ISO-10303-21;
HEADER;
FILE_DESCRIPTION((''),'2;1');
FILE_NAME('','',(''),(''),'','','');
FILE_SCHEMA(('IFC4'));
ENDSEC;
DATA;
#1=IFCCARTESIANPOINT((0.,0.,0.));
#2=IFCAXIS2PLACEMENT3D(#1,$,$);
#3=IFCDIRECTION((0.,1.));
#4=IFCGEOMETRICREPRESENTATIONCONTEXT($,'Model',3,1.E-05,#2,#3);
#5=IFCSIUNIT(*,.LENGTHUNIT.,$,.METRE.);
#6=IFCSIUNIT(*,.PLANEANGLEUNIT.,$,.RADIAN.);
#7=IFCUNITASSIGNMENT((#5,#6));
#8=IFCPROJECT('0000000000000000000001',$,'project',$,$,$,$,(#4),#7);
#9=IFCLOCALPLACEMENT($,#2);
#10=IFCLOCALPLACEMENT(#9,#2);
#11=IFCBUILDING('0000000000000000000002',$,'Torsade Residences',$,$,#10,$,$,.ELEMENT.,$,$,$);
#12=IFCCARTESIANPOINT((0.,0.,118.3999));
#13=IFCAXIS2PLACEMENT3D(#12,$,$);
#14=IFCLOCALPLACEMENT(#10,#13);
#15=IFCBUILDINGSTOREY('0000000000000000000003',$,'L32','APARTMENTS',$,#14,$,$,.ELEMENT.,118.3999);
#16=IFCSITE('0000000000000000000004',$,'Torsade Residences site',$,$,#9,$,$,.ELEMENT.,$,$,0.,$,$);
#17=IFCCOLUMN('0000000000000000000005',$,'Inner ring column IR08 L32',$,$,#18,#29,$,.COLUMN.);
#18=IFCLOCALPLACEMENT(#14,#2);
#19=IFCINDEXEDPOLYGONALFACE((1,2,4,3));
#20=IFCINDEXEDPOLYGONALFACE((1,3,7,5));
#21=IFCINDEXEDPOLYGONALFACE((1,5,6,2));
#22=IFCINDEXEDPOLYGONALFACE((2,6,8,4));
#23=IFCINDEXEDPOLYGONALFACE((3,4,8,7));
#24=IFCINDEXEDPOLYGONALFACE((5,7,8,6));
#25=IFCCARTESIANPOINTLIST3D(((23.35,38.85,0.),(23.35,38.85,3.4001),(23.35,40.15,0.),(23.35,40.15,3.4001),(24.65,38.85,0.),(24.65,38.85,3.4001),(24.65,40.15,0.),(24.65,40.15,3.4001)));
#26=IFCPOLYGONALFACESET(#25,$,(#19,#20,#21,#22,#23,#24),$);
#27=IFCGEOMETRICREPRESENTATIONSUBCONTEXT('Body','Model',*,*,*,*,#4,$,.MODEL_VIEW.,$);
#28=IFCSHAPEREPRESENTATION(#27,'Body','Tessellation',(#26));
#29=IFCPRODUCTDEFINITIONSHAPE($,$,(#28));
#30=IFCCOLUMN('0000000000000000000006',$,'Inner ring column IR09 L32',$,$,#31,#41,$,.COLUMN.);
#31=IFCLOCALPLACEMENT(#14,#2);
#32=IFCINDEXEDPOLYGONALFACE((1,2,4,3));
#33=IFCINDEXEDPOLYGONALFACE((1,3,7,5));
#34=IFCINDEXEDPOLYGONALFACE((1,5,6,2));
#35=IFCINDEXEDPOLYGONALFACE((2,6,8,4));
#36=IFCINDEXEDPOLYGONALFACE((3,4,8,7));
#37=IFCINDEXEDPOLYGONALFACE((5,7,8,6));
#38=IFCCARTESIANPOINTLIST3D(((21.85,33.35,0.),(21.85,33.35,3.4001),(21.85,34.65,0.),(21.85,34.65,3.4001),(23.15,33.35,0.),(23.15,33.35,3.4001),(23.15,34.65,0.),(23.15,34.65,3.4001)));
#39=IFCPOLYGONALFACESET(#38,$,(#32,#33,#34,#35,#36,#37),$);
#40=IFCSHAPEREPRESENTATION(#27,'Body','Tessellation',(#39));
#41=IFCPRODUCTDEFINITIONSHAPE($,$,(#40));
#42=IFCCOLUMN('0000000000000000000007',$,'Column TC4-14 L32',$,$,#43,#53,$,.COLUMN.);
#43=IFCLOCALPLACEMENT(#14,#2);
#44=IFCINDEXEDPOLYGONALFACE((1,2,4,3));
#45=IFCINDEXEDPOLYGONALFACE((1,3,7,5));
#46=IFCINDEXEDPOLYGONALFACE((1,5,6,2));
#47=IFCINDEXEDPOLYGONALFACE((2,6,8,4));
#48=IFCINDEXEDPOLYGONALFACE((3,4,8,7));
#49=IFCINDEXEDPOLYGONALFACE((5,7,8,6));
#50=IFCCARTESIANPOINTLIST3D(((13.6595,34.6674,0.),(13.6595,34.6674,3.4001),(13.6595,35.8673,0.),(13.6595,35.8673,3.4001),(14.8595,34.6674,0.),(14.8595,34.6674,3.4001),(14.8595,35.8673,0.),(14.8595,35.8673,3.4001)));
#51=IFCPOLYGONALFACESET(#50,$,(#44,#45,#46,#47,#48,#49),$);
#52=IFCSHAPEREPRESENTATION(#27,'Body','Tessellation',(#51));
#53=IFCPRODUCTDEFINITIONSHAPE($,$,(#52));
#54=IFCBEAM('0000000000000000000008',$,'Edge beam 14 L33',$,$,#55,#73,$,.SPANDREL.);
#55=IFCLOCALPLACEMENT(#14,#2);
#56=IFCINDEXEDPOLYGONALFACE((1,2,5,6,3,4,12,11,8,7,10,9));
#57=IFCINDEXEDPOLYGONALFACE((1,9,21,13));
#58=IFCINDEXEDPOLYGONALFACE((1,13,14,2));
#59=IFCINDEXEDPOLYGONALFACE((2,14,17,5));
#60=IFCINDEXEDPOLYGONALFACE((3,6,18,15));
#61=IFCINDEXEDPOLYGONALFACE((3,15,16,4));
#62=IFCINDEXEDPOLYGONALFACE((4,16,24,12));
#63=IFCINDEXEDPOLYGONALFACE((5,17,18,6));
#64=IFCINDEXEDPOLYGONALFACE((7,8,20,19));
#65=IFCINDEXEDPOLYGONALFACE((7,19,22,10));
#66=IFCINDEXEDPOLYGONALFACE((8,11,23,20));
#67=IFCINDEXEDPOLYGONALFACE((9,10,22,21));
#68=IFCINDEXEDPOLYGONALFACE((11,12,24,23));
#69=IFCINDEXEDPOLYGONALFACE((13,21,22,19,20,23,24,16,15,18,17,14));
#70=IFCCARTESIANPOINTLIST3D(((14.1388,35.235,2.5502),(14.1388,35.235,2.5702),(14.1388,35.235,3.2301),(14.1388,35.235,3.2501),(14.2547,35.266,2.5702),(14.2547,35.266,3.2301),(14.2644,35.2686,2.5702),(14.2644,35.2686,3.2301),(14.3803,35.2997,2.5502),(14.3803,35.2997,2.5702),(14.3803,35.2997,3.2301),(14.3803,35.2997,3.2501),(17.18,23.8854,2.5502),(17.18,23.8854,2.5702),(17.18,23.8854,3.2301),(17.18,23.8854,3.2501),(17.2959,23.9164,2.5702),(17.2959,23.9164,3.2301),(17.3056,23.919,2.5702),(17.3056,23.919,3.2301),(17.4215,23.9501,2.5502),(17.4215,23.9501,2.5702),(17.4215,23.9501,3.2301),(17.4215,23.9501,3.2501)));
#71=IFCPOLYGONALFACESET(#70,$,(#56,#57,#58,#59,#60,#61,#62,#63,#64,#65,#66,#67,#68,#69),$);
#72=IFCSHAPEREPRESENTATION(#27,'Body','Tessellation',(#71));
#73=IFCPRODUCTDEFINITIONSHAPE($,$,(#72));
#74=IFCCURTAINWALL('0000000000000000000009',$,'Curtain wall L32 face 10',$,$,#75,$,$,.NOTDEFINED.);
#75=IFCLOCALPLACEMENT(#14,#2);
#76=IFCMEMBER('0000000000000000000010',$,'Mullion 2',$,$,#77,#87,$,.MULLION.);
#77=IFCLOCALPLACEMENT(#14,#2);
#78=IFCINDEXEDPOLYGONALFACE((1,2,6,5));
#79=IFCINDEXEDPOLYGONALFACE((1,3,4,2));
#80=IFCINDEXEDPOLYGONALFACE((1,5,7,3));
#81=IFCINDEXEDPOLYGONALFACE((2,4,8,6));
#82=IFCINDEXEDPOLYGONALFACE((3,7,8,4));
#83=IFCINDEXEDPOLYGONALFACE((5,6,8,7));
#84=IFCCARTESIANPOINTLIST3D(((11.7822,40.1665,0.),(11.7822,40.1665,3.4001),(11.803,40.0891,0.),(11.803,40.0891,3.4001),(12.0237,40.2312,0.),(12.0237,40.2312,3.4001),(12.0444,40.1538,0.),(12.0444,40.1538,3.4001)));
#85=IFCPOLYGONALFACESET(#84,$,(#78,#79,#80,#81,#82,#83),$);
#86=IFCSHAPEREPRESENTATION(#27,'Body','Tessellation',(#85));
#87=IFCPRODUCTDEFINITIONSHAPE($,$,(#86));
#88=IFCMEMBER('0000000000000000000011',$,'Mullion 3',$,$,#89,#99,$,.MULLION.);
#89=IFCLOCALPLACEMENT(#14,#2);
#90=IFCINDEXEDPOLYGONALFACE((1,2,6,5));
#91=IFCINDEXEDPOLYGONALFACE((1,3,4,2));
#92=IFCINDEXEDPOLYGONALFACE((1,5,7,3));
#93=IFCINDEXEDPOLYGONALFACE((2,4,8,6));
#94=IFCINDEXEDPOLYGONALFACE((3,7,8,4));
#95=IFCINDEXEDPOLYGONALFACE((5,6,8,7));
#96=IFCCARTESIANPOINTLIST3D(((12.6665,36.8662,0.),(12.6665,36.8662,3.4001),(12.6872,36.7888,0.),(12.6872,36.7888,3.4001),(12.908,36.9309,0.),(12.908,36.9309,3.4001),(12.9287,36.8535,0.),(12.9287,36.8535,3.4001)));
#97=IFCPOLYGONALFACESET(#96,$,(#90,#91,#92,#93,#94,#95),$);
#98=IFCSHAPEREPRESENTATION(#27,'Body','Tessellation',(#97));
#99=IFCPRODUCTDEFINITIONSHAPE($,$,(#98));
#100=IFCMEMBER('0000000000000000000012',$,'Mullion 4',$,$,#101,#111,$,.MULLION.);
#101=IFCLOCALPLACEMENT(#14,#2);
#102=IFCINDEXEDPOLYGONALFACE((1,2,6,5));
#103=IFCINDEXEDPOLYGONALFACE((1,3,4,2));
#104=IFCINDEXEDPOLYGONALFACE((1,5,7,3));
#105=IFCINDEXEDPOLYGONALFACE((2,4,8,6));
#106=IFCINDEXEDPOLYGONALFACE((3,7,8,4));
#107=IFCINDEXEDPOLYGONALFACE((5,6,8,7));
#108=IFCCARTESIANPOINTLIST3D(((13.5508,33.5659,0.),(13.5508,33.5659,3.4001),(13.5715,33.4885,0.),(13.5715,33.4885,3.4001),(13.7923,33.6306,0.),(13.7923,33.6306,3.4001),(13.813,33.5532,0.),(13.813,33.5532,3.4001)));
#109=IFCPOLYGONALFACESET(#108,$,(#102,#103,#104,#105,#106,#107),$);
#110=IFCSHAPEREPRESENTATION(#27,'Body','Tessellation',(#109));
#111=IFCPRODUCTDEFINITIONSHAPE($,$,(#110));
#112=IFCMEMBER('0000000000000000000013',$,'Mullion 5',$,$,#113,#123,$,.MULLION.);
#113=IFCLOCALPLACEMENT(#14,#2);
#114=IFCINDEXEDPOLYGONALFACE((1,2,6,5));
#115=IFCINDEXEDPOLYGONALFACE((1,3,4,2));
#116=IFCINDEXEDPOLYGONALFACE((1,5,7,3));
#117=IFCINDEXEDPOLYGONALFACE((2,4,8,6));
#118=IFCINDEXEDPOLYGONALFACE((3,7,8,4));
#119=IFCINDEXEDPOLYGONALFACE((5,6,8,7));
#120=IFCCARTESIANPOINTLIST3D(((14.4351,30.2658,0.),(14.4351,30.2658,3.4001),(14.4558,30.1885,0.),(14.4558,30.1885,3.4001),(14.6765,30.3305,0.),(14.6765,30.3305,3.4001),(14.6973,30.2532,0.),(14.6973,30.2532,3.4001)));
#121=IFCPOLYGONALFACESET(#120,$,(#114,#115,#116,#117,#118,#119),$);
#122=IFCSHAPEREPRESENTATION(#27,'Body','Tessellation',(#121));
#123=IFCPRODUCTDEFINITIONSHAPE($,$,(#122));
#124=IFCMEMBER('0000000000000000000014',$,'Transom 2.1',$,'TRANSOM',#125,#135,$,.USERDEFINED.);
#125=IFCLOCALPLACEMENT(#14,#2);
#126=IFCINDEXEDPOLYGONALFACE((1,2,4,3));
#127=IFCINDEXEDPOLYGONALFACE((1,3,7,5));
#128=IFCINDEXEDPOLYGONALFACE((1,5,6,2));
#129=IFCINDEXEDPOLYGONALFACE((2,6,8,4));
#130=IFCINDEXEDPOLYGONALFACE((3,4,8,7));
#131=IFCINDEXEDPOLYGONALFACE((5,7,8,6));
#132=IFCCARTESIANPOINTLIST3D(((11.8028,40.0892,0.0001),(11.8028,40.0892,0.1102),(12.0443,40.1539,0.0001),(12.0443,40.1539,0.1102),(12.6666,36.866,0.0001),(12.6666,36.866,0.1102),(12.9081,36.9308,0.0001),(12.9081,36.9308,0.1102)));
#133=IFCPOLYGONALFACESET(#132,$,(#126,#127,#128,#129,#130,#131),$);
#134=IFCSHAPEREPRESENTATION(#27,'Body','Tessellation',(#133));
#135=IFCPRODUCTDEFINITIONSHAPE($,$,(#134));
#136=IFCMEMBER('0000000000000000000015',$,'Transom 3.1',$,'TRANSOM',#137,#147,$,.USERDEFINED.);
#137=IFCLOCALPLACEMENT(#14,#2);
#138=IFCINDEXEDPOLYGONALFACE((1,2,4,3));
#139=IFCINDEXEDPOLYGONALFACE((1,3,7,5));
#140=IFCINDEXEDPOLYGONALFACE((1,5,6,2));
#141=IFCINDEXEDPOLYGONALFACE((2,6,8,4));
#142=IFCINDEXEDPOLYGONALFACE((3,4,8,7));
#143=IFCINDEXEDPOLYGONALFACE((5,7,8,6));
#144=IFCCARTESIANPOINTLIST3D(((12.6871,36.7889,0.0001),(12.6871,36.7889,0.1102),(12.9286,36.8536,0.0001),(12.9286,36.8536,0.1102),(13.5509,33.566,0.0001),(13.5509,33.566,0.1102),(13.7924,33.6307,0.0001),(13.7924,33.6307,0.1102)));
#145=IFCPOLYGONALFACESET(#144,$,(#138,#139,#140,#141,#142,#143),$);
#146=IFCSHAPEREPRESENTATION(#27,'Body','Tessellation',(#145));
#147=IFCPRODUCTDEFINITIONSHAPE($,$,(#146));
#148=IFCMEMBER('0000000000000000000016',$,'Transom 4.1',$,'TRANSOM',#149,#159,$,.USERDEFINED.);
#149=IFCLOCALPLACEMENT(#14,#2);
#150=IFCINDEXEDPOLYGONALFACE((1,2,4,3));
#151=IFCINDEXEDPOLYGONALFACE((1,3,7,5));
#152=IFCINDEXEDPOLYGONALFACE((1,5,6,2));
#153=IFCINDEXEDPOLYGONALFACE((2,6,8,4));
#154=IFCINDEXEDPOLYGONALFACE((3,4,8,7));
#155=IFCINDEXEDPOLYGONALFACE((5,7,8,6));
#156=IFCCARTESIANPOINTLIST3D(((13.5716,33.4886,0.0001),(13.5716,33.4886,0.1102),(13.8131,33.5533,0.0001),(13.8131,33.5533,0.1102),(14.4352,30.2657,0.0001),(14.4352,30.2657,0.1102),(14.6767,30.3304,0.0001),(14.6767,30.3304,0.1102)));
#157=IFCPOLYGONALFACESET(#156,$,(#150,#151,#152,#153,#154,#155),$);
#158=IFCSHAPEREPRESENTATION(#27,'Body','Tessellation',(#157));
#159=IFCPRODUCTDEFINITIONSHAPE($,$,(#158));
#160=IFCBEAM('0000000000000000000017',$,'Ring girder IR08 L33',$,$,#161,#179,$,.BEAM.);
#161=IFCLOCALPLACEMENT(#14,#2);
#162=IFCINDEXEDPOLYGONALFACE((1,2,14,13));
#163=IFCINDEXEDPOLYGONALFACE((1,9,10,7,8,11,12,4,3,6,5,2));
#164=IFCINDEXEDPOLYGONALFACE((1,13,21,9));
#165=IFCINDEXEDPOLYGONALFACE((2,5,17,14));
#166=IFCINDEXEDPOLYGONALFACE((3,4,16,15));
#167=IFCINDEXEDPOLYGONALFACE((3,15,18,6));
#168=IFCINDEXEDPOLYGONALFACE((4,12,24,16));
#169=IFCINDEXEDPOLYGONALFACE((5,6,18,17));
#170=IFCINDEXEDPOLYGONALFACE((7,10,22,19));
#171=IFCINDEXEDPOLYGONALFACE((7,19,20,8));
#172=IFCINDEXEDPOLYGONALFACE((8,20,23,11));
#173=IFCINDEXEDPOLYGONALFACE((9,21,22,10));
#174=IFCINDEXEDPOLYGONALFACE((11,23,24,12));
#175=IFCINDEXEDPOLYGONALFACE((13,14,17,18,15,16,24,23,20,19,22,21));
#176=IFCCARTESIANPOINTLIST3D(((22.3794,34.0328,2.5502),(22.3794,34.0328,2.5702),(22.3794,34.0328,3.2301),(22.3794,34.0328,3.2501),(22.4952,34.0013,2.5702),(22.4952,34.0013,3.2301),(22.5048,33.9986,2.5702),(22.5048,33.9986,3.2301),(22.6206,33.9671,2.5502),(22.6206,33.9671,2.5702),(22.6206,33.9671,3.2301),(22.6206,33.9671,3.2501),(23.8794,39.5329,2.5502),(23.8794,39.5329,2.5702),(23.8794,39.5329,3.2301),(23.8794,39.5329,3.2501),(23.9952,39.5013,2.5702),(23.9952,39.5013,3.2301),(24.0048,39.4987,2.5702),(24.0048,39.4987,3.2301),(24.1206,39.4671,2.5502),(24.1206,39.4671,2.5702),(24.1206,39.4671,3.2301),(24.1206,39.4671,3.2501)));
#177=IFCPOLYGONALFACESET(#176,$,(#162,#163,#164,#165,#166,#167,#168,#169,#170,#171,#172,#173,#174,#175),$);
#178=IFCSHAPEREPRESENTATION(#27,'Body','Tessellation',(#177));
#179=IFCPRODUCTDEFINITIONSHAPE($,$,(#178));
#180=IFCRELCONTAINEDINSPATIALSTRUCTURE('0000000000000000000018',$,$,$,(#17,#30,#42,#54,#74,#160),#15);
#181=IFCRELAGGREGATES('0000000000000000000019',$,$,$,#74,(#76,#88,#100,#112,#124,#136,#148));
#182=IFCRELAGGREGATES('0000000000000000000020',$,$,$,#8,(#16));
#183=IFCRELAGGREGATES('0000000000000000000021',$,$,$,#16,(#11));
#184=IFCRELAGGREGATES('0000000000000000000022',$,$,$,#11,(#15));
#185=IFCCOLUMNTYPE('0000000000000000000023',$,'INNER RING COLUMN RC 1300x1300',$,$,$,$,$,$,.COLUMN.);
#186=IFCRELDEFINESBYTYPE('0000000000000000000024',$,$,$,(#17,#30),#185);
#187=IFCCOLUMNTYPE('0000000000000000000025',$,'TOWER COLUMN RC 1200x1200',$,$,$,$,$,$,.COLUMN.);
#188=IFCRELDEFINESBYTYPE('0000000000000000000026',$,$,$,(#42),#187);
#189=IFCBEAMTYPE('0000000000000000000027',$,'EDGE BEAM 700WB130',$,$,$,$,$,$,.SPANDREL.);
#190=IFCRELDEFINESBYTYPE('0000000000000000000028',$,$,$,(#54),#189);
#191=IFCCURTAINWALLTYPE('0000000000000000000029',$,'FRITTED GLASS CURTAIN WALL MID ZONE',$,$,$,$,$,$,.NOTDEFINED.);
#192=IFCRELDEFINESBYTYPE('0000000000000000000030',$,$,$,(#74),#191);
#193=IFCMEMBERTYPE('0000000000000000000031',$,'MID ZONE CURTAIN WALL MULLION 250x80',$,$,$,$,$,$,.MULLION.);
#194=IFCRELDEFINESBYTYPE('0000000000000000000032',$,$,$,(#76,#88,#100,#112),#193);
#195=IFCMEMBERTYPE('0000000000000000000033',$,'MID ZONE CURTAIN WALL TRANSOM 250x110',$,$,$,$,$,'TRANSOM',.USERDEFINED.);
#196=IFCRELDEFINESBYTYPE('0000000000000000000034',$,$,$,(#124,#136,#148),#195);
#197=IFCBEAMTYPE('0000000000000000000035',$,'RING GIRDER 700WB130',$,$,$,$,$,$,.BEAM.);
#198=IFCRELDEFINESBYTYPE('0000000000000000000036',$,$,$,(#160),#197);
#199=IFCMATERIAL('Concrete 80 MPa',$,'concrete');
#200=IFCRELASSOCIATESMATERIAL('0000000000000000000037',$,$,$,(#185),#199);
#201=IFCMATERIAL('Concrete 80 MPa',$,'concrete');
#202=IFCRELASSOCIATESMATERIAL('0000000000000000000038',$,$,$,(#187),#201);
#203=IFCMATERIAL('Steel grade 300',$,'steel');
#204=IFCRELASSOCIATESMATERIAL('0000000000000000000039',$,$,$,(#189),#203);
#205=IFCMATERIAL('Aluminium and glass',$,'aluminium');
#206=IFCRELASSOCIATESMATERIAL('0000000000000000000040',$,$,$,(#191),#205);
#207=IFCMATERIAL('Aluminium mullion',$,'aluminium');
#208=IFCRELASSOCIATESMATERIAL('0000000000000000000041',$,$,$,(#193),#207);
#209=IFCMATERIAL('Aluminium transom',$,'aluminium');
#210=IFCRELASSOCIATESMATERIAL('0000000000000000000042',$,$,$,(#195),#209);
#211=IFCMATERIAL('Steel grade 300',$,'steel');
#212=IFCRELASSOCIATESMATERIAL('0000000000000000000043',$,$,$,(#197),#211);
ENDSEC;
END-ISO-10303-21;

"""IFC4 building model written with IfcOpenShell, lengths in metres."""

from ifc_helpers import new_model, si_unit, direction, frame, origin, origin_2d, place, context, subcontext, project, spatial, rectangle, i_section, extrude, material, material_profile, profile_set, type_object, element, aggregate, save


model = new_model("IFC4")

# Units and contexts
model_context = context("Model", 3, precision=1e-05, world=origin(), true_north=direction((0.0, 1.0)))
body_context = subcontext(model_context, "Body", "Model", "MODEL_VIEW")
ifc_project = project(units=[si_unit("LENGTHUNIT", "METRE"), si_unit("PLANEANGLEUNIT", "RADIAN")], contexts=[model_context])

# Site, building, storey
site_placement = place(None, origin())
site = spatial("IfcSite", under=ifc_project, at=site_placement, Name="Torsade Residences site", CompositionType="ELEMENT", RefElevation=0.0)
building_placement = place(site_placement, origin())
building = spatial("IfcBuilding", under=site, at=building_placement, Name="Torsade Residences", CompositionType="ELEMENT")
storey_placement = place(building_placement, frame((0.0, 0.0, 118.3999)))
storey = spatial("IfcBuildingStorey", under=building, at=storey_placement, Name="L32", Description="APARTMENTS", CompositionType="ELEMENT", Elevation=118.3999)

# Columns
ifc_material_1 = material(Name="Concrete 80 MPa", Category="concrete")
ifc_material_profile_1 = material_profile(ifc_material_1, rectangle(XDim=1.3, YDim=1.3, at=origin_2d()), Name="RC 1300x1300")
ifc_profile_set_1 = profile_set([ifc_material_profile_1], Name="Concrete 80 MPa")
column_type_1 = type_object("IfcColumnType", Name="INNER RING COLUMN RC 1300x1300", PredefinedType="COLUMN", material=ifc_profile_set_1)
for number, where, z_axis, x_axis, name in (
    (1, (24.0, 39.5, 0.0), (0.0, 0.0, 1.0), (1.0, 0.0, 0.0), "Inner ring column IR08 L32"),
    (2, (22.5, 34.0, 0.0), (0.0, 0.0, 1.0), (1.0, 0.0, 0.0), "Inner ring column IR09 L32"),
):
    element("IfcColumn", number, at=place(storey_placement, frame(where, z_axis=z_axis, x_axis=x_axis)), inside=storey, type_object=column_type_1, Name=name, PredefinedType="COLUMN", context=body_context, shape_type="SweptSolid", body=[
        extrude(rectangle(XDim=1.3, YDim=1.3, at=origin_2d()), origin(), (0.0, 0.0, 1.0), 3.4001),
    ])
ifc_material_2 = material(Name="Concrete 80 MPa", Category="concrete")
ifc_material_profile_2 = material_profile(ifc_material_2, rectangle(XDim=1.2, YDim=1.2, at=origin_2d()), Name="RC 1200x1200")
ifc_profile_set_2 = profile_set([ifc_material_profile_2], Name="Concrete 80 MPa")
column_type_2 = type_object("IfcColumnType", Name="TOWER COLUMN RC 1200x1200", PredefinedType="COLUMN", material=ifc_profile_set_2)
column_placement = place(storey_placement, frame((14.2595, 35.2673, 0.0), z_axis=(0.0, 0.0, 1.0), x_axis=(1.0, 0.0, 0.0)))
element("IfcColumn", 3, at=column_placement, inside=storey, type_object=column_type_2, Name="Column TC4-14 L32", PredefinedType="COLUMN", context=body_context, shape_type="SweptSolid", body=[
    extrude(rectangle(XDim=1.2, YDim=1.2, at=origin_2d()), origin(), (0.0, 0.0, 1.0), 3.4001),
])

# Beam
ifc_material_3 = material(Name="Steel grade 300", Category="steel")
ifc_material_profile_3 = material_profile(ifc_material_3, i_section(OverallWidth=0.25, OverallDepth=0.7, WebThickness=0.01, FlangeThickness=0.02, at=origin_2d()), Name="700WB130")
ifc_profile_set_3 = profile_set([ifc_material_profile_3], Name="Steel grade 300")
beam_type_1 = type_object("IfcBeamType", Name="EDGE BEAM 700WB130", PredefinedType="SPANDREL", material=ifc_profile_set_3)
beam_1_placement = place(storey_placement, frame((14.2595, 35.2673, 2.9001), z_axis=(0.25883, -0.965923, 0.0), x_axis=(0.965923, 0.25883, 0.0)))
element("IfcBeam", 4, at=beam_1_placement, inside=storey, type_object=beam_type_1, Name="Edge beam 14 L33", PredefinedType="SPANDREL", context=body_context, shape_type="SweptSolid", body=[
    extrude(i_section(OverallWidth=0.25, OverallDepth=0.7, WebThickness=0.01, FlangeThickness=0.02, at=origin_2d()), origin(), (0.0, 0.0, 1.0), 11.75),
])

# Curtain wall, members
ifc_material_4 = material(Name="Aluminium and glass", Category="aluminium")
curtain_wall_type = type_object("IfcCurtainWallType", Name="FRITTED GLASS CURTAIN WALL MID ZONE", PredefinedType="NOTDEFINED", material=ifc_material_4)
curtain_wall_placement = place(storey_placement, origin())
curtain_wall = element("IfcCurtainWall", 5, at=curtain_wall_placement, inside=storey, type_object=curtain_wall_type, Name="Curtain wall L32 face 10", PredefinedType="NOTDEFINED")
ifc_material_5 = material(Name="Aluminium mullion", Category="aluminium")
ifc_material_profile_4 = material_profile(ifc_material_5, rectangle(XDim=0.25, YDim=0.0801, at=origin_2d()), Name="MID ZONE CURTAIN WALL MULLION 250x80")
ifc_profile_set_4 = profile_set([ifc_material_profile_4], Name="Aluminium mullion")
member_type_1 = type_object("IfcMemberType", Name="MID ZONE CURTAIN WALL MULLION 250x80", PredefinedType="MULLION", material=ifc_profile_set_4)
member_1_placement = place(storey_placement, frame((11.9133, 40.1602, 0.0), z_axis=(0.0, 0.0, 1.0), x_axis=(0.965926, 0.258819, 0.0)))
member_1 = element("IfcMember", 6, at=member_1_placement, type_object=member_type_1, Name="Mullion 2", PredefinedType="MULLION", context=body_context, shape_type="SweptSolid", body=[
    extrude(rectangle(XDim=0.25, YDim=0.0801, at=origin_2d()), origin(), (0.0, 0.0, 1.0), 3.4001),
])
member_2_placement = place(storey_placement, frame((12.7976, 36.8599, 0.0), z_axis=(0.0, 0.0, 1.0), x_axis=(0.965926, 0.258819, 0.0)))
member_2 = element("IfcMember", 7, at=member_2_placement, type_object=member_type_1, Name="Mullion 3", PredefinedType="MULLION", context=body_context, shape_type="SweptSolid", body=[
    extrude(rectangle(XDim=0.25, YDim=0.0801, at=origin_2d()), origin(), (0.0, 0.0, 1.0), 3.4001),
])
member_3_placement = place(storey_placement, frame((13.6819, 33.5596, 0.0), z_axis=(0.0, 0.0, 1.0), x_axis=(0.965926, 0.258819, 0.0)))
member_3 = element("IfcMember", 8, at=member_3_placement, type_object=member_type_1, Name="Mullion 4", PredefinedType="MULLION", context=body_context, shape_type="SweptSolid", body=[
    extrude(rectangle(XDim=0.25, YDim=0.0801, at=origin_2d()), origin(), (0.0, 0.0, 1.0), 3.4001),
])
member_4_placement = place(storey_placement, frame((14.5662, 30.2595, 0.0), z_axis=(0.0, 0.0, 1.0), x_axis=(0.965926, 0.258819, 0.0)))
member_4 = element("IfcMember", 9, at=member_4_placement, type_object=member_type_1, Name="Mullion 5", PredefinedType="MULLION", context=body_context, shape_type="SweptSolid", body=[
    extrude(rectangle(XDim=0.25, YDim=0.0801, at=origin_2d()), origin(), (0.0, 0.0, 1.0), 3.4001),
])
ifc_material_6 = material(Name="Aluminium transom", Category="aluminium")
ifc_material_profile_5 = material_profile(ifc_material_6, rectangle(XDim=0.25, YDim=0.1101, at=origin_2d()), Name="MID ZONE CURTAIN WALL TRANSOM 250x110")
ifc_profile_set_5 = profile_set([ifc_material_profile_5], Name="Aluminium transom")
member_type_2 = type_object("IfcMemberType", Name="MID ZONE CURTAIN WALL TRANSOM 250x110", ElementType="TRANSOM", PredefinedType="USERDEFINED", material=ifc_profile_set_5)
member_5_placement = place(storey_placement, frame((11.9236, 40.1216, 0.0552), z_axis=(0.258856, -0.965916, 0.0), x_axis=(0.965916, 0.258856, 0.0)))
member_5 = element("IfcMember", 10, at=member_5_placement, type_object=member_type_2, Name="Transom 2.1", ObjectType="TRANSOM", PredefinedType="USERDEFINED", context=body_context, shape_type="SweptSolid", body=[
    extrude(rectangle(XDim=0.25, YDim=0.1101, at=origin_2d()), origin(), (0.0, 0.0, 1.0), 3.3369),
])
member_6_placement = place(storey_placement, frame((12.8079, 36.8213, 0.0552), z_axis=(0.258874, -0.965911, 0.0), x_axis=(0.965911, 0.258874, 0.0)))
member_6 = element("IfcMember", 11, at=member_6_placement, type_object=member_type_2, Name="Transom 3.1", ObjectType="TRANSOM", PredefinedType="USERDEFINED", context=body_context, shape_type="SweptSolid", body=[
    extrude(rectangle(XDim=0.25, YDim=0.1101, at=origin_2d()), origin(), (0.0, 0.0, 1.0), 3.3367),
])
member_7_placement = place(storey_placement, frame((13.6924, 33.521, 0.0552), z_axis=(0.258806, -0.965929, 0.0), x_axis=(0.965929, 0.258806, 0.0)))
member_7 = element("IfcMember", 12, at=member_7_placement, type_object=member_type_2, Name="Transom 4.1", ObjectType="TRANSOM", PredefinedType="USERDEFINED", context=body_context, shape_type="SweptSolid", body=[
    extrude(rectangle(XDim=0.25, YDim=0.1101, at=origin_2d()), origin(), (0.0, 0.0, 1.0), 3.3367),
])

# Beam
ifc_material_7 = material(Name="Steel grade 300", Category="steel")
ifc_material_profile_6 = material_profile(ifc_material_7, i_section(OverallWidth=0.25, OverallDepth=0.7, WebThickness=0.01, FlangeThickness=0.02, at=origin_2d()), Name="700WB130")
ifc_profile_set_6 = profile_set([ifc_material_profile_6], Name="Steel grade 300")
beam_type_2 = type_object("IfcBeamType", Name="RING GIRDER 700WB130", PredefinedType="BEAM", material=ifc_profile_set_6)
beam_2_placement = place(storey_placement, frame((24.0, 39.5, 2.9001), z_axis=(-0.263117, -0.964764, 0.0), x_axis=(0.964764, -0.263117, 0.0)))
element("IfcBeam", 13, at=beam_2_placement, inside=storey, type_object=beam_type_2, Name="Ring girder IR08 L33", PredefinedType="BEAM", context=body_context, shape_type="SweptSolid", body=[
    extrude(i_section(OverallWidth=0.25, OverallDepth=0.7, WebThickness=0.01, FlangeThickness=0.02, at=origin_2d()), origin(), (0.0, 0.0, 1.0), 5.7009),
])

aggregate(curtain_wall, [member_1, member_2, member_3, member_4, member_5, member_6, member_7])

save(model, "model.ifc")
